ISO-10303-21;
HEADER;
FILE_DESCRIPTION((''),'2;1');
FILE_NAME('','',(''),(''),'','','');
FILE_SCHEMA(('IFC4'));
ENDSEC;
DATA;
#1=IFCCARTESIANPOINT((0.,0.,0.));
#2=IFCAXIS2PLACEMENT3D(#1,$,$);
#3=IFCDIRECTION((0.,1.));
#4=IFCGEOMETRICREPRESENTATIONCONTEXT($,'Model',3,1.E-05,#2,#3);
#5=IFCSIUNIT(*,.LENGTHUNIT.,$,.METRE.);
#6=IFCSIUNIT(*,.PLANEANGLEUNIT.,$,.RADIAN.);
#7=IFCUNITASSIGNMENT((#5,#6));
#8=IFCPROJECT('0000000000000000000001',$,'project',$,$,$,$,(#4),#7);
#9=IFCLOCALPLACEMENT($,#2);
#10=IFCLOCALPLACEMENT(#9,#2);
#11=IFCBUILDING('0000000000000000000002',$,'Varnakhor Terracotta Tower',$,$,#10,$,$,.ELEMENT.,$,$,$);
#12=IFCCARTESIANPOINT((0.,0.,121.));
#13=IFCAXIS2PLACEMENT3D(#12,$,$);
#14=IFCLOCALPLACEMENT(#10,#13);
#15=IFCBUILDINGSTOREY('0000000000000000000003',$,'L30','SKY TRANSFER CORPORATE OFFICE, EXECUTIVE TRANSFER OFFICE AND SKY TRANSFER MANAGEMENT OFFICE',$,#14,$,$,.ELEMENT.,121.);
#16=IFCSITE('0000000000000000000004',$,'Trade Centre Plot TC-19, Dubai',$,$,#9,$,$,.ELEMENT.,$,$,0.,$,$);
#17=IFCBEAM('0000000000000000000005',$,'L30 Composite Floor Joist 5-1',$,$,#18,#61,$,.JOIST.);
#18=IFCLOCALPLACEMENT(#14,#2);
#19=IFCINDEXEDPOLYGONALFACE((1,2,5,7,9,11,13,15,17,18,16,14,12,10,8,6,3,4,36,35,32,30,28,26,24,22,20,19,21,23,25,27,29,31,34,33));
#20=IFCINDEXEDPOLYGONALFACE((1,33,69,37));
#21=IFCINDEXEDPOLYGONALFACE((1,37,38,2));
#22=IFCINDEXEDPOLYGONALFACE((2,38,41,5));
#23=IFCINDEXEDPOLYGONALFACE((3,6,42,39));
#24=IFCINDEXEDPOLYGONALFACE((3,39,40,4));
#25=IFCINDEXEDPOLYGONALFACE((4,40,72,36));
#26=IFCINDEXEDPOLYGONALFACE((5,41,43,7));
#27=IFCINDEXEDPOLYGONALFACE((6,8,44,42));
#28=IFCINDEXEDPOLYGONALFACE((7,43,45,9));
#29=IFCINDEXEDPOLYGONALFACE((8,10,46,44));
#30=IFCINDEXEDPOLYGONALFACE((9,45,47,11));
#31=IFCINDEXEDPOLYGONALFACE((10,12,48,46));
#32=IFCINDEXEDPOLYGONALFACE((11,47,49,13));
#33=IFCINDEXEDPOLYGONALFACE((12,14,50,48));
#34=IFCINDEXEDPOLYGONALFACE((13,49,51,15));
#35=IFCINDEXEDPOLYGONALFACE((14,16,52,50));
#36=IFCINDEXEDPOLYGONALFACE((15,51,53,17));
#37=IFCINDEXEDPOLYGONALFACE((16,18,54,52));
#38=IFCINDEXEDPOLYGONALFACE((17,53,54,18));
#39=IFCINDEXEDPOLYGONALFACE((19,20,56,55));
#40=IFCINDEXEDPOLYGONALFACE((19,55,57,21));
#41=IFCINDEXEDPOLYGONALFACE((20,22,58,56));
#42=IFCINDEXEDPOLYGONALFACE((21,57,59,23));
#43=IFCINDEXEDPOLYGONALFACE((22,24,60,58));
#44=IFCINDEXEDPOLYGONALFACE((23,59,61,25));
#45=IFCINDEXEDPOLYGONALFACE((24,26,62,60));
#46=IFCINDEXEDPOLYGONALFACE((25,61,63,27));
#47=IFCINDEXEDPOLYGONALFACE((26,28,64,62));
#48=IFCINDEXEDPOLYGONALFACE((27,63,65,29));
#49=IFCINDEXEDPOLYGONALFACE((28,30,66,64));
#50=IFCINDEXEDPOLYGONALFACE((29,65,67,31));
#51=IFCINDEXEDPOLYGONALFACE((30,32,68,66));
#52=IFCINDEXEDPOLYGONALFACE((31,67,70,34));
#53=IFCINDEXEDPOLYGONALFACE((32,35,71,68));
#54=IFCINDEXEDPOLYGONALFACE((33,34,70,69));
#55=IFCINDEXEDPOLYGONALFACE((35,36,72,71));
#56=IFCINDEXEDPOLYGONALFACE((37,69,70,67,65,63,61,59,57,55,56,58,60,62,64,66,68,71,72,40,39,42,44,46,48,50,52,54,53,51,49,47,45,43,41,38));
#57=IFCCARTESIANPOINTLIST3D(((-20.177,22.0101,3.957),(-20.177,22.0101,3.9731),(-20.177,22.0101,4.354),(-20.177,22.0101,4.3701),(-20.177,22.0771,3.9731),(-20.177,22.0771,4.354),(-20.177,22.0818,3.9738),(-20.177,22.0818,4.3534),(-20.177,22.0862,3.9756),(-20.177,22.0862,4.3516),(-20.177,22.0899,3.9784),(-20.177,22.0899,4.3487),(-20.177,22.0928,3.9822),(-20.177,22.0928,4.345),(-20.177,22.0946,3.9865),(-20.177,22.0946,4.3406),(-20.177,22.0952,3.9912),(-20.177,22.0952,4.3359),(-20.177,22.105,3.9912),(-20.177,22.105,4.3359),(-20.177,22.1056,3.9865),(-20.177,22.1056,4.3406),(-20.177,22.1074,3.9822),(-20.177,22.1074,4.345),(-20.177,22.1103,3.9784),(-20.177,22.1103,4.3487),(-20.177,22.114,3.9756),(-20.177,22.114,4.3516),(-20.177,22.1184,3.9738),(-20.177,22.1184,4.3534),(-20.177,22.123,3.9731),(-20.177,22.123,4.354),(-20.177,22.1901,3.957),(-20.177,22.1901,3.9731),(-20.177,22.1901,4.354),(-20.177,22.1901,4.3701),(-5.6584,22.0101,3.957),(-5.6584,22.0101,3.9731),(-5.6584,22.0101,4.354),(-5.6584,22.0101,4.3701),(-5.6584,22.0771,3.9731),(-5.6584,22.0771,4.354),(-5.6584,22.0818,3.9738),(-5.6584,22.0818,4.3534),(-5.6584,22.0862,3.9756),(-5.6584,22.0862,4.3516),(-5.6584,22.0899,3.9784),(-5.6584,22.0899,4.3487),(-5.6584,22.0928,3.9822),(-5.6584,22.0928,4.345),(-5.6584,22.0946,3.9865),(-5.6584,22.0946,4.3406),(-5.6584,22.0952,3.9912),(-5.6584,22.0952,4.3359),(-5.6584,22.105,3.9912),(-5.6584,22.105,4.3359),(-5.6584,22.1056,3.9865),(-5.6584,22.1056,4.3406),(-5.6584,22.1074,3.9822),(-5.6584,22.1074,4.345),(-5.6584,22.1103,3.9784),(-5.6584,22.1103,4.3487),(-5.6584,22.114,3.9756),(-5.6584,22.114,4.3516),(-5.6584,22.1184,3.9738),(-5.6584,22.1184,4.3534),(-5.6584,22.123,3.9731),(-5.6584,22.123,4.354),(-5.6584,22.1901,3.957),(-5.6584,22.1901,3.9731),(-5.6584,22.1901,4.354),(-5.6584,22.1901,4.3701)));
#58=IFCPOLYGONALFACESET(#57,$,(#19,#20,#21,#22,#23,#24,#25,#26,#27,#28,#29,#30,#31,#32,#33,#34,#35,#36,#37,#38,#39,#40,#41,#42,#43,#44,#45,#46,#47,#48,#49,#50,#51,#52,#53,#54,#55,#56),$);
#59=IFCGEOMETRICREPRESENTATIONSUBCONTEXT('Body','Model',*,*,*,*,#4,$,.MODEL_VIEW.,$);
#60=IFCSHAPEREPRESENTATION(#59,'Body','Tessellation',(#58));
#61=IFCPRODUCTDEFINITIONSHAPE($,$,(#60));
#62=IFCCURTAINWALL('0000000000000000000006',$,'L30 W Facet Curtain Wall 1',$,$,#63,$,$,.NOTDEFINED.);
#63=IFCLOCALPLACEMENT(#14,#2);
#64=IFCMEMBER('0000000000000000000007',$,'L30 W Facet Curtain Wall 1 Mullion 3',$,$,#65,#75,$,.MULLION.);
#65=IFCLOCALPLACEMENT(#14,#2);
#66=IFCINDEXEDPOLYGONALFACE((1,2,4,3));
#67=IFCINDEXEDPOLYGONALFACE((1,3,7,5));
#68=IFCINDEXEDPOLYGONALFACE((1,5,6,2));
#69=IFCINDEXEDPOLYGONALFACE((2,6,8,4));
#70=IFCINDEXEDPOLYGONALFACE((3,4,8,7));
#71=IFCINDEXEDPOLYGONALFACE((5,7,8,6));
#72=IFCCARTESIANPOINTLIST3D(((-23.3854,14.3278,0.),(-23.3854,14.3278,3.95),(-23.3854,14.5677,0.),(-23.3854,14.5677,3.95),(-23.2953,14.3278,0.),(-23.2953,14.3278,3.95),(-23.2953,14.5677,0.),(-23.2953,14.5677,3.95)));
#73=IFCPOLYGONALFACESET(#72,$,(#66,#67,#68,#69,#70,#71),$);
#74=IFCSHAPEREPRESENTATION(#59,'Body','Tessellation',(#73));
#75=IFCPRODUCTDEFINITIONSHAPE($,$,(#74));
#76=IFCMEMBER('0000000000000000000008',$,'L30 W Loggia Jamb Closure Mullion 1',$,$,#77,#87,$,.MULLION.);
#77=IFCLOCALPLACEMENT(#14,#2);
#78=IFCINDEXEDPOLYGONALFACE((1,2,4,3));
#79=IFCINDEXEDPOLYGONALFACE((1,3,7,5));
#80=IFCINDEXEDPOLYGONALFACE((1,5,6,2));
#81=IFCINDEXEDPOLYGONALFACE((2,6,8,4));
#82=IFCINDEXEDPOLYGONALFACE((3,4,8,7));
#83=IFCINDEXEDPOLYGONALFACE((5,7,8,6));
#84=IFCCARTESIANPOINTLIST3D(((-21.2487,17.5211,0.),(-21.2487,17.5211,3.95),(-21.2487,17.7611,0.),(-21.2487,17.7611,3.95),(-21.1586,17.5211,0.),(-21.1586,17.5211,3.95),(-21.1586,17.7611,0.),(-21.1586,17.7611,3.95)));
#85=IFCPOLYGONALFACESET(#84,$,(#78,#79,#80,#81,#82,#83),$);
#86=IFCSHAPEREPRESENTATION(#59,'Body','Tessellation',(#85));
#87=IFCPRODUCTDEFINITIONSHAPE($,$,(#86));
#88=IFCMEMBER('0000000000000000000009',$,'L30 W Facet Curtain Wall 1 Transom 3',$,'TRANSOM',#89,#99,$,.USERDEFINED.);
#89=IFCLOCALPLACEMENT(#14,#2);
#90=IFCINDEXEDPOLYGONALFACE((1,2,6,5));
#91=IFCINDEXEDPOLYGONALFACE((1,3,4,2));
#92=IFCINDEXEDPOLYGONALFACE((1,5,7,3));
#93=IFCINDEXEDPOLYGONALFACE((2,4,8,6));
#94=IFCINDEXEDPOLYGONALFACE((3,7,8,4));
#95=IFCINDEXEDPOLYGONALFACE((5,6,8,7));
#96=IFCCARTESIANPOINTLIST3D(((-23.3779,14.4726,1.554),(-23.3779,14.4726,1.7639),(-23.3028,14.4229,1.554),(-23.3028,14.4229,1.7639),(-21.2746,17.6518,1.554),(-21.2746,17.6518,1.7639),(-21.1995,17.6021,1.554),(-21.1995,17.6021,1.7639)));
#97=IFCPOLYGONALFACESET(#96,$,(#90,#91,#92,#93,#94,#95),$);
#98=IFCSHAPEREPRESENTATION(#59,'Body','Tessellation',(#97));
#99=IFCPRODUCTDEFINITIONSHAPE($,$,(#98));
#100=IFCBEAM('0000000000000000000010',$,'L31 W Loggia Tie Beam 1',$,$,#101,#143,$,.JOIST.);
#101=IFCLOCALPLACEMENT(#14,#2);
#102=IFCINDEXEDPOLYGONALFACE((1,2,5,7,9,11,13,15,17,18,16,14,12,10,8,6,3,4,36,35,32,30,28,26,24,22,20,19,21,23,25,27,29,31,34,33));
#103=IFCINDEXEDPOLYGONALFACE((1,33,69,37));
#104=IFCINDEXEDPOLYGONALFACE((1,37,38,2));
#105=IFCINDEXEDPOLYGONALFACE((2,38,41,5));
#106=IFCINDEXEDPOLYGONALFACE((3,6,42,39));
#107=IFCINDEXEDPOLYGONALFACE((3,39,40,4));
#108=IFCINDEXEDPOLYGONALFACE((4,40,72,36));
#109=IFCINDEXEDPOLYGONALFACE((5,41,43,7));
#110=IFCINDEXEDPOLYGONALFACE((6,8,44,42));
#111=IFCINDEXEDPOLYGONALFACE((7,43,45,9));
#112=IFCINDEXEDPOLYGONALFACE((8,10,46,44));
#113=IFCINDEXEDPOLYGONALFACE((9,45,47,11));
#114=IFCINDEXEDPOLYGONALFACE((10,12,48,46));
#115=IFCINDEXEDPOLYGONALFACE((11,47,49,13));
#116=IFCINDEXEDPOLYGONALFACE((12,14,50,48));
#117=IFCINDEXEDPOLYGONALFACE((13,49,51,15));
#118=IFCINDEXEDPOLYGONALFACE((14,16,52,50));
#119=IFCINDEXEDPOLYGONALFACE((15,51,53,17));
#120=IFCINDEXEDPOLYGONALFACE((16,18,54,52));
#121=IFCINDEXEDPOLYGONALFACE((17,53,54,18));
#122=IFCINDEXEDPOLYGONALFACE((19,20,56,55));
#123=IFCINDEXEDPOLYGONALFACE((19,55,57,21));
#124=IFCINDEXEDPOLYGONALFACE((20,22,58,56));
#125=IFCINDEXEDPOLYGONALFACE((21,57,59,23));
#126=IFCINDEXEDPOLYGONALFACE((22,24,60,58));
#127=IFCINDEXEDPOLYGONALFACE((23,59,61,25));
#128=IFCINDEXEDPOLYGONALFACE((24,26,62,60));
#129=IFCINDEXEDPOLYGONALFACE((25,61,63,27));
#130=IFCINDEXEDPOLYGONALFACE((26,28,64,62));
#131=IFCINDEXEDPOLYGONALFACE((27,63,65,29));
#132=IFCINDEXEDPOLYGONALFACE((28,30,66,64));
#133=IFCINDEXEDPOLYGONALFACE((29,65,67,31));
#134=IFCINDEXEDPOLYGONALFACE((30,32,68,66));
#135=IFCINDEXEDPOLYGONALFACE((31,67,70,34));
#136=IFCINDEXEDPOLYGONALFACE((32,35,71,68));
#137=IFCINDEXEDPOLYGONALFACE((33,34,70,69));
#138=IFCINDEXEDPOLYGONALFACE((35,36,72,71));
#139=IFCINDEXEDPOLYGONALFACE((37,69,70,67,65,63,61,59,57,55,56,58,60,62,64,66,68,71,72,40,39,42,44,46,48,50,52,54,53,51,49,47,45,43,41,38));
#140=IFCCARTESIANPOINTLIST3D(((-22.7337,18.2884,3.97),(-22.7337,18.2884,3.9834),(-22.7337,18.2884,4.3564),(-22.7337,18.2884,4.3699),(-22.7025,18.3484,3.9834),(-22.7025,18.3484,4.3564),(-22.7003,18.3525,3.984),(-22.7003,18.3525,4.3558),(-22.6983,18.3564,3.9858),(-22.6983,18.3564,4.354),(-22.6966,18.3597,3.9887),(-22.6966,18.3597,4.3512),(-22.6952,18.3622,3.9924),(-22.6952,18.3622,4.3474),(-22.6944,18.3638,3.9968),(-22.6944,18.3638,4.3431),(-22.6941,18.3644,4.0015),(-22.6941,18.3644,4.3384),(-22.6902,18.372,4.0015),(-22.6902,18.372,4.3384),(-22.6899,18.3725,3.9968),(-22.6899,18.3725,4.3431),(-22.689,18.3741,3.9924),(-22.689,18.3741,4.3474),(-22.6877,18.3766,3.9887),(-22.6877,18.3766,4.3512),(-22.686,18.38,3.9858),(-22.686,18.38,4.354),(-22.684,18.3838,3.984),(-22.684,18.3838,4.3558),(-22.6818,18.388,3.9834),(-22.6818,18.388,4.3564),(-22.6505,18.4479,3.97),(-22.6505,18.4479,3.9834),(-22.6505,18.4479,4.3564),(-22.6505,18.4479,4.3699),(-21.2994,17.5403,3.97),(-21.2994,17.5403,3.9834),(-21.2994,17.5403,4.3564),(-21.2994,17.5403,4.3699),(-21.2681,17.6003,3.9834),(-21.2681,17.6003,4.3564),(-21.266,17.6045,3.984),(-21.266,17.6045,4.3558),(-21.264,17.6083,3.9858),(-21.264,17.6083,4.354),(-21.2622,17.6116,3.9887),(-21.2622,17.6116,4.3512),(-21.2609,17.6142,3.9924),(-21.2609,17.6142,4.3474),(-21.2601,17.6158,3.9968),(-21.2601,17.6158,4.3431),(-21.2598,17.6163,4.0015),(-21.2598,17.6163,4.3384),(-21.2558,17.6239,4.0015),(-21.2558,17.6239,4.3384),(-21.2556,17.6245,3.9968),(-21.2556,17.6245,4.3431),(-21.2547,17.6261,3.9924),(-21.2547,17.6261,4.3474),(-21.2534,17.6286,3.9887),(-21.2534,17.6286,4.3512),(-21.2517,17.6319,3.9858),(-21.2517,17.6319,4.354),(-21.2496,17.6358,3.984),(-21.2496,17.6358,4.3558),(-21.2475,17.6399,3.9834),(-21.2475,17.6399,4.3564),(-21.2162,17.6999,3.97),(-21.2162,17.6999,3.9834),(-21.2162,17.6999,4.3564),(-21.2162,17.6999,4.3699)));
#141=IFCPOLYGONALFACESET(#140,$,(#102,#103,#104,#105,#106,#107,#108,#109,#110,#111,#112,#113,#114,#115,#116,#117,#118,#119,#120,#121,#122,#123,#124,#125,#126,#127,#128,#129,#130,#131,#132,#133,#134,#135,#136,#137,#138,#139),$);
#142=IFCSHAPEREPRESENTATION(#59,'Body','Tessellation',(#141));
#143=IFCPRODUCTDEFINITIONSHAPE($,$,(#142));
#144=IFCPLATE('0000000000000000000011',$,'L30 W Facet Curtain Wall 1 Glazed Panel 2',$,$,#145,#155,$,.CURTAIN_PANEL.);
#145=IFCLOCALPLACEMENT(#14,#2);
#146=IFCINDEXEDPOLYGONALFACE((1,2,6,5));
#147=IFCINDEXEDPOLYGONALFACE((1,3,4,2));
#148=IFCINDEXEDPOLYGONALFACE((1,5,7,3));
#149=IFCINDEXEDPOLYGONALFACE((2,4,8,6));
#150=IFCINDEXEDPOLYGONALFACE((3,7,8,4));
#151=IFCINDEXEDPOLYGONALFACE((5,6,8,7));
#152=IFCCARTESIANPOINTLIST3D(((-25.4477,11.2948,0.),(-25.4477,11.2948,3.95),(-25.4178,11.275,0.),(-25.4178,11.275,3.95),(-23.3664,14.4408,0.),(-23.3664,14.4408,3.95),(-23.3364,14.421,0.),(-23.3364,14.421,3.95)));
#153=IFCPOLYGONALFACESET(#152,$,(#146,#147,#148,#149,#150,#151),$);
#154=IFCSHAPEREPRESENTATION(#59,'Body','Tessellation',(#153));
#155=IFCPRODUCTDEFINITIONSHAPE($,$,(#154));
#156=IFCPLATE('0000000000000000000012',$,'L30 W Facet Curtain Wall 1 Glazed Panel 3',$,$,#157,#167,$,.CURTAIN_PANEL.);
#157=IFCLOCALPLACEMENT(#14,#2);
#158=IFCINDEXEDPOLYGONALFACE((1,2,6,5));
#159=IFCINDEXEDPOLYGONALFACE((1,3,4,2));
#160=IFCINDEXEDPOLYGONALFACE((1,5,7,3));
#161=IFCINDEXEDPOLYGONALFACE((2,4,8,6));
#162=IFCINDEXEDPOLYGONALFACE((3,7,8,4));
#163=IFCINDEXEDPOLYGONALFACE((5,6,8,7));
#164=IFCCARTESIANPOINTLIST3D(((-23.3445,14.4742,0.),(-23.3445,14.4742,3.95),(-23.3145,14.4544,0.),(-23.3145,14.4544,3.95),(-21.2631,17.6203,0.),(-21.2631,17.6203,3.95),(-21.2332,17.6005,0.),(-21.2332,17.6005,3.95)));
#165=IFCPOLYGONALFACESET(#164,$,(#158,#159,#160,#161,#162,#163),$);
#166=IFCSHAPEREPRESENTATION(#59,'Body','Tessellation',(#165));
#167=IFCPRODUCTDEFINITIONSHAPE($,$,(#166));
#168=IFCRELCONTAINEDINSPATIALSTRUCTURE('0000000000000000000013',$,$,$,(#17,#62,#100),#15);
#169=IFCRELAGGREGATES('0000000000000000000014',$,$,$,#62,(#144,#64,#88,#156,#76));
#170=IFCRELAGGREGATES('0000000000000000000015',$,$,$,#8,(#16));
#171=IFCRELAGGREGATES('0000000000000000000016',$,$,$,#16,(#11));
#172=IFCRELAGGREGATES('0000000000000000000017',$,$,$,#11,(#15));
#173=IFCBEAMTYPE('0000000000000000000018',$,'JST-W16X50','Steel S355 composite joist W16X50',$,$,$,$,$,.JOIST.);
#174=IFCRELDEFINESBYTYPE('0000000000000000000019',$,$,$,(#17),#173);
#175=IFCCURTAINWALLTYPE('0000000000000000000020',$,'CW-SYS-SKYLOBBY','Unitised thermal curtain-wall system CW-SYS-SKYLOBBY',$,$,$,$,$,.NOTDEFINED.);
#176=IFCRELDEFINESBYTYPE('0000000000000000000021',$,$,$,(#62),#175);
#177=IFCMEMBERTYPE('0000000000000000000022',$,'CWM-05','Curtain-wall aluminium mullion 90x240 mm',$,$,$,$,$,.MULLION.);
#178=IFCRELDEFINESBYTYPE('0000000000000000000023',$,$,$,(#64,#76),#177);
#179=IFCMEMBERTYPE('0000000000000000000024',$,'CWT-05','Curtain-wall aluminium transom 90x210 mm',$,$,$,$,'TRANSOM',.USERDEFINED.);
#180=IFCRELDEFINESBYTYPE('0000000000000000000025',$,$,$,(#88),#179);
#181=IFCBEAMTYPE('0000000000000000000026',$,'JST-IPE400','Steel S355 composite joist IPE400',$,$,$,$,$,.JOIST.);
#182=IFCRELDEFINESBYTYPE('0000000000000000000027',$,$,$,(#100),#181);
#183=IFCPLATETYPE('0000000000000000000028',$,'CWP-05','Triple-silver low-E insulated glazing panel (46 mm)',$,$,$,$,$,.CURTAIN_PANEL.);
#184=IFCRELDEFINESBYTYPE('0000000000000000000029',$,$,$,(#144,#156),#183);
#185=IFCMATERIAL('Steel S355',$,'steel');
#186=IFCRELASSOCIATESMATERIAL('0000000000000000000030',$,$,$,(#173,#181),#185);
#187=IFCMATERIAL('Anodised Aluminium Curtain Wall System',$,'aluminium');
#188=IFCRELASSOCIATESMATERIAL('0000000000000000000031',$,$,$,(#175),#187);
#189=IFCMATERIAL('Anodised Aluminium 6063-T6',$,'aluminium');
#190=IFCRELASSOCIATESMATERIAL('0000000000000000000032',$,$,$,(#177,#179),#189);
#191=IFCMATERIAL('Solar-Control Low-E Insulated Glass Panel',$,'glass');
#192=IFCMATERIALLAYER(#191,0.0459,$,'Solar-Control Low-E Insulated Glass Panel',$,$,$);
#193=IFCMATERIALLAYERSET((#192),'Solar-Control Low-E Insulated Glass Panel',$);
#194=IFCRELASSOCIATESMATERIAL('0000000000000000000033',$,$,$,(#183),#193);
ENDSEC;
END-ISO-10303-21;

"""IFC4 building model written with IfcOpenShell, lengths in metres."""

from ifc_helpers import new_model, si_unit, direction, frame, origin, origin_2d, place, context, subcontext, project, spatial, rectangle, i_section, extrude, source, transform, mapped, material, layer, layer_set, material_profile, profile_set, type_object, type_shapes, element, aggregate, save


model = new_model("IFC4")

# Units and contexts
model_context = context("Model", 3, precision=1e-05, world=origin(), true_north=direction((0.0, 1.0)))
body_context = subcontext(model_context, "Body", "Model", "MODEL_VIEW")
ifc_project = project(units=[si_unit("LENGTHUNIT", "METRE"), si_unit("PLANEANGLEUNIT", "RADIAN")], contexts=[model_context])

# Site, building, storey
site_placement = place(None, origin())
site = spatial("IfcSite", under=ifc_project, at=site_placement, Name="Trade Centre Plot TC-19, Dubai", CompositionType="ELEMENT", RefElevation=0.0)
building_placement = place(site_placement, origin())
building = spatial("IfcBuilding", under=site, at=building_placement, Name="Varnakhor Terracotta Tower", CompositionType="ELEMENT")
storey_placement = place(building_placement, frame((0.0, 0.0, 121.0)))
storey = spatial("IfcBuildingStorey", under=building, at=storey_placement, Name="L30", Description="SKY TRANSFER CORPORATE OFFICE, EXECUTIVE TRANSFER OFFICE AND SKY TRANSFER MANAGEMENT OFFICE", CompositionType="ELEMENT", Elevation=121.0)

# Beam
ifc_material_1 = material(Name="Steel S355", Category="steel")
ifc_material_profile_1 = material_profile(ifc_material_1, i_section(OverallWidth=0.1799, OverallDepth=0.4131, WebThickness=0.0098, FlangeThickness=0.0161, FilletRadius=0.0181, at=origin_2d()), Name="W16X50")
ifc_profile_set_1 = profile_set([ifc_material_profile_1], Name="Steel S355")
beam_type_1 = type_object("IfcBeamType", Name="JST-W16X50", Description="Steel S355 composite joist W16X50", PredefinedType="JOIST", material=ifc_profile_set_1)
shared_shape_1 = source(origin(), body_context, "Body", "SweptSolid", [
    extrude(i_section(OverallWidth=0.1799, OverallDepth=0.4131, WebThickness=0.0098, FlangeThickness=0.0161, FilletRadius=0.0181, at=origin_2d()), origin(), (0.0, 0.0, 1.0), 14.5186),
])
beam_1_placement = place(storey_placement, frame((-20.177, 22.1001, 4.1636), z_axis=(1.0, 0.0, 0.0), x_axis=(0.0, 1.0, 0.0)))
element("IfcBeam", 1, at=beam_1_placement, inside=storey, type_object=beam_type_1, Name="L30 Composite Floor Joist 5-1", PredefinedType="JOIST", context=body_context, shape_type="MappedRepresentation", body=[
    mapped(shared_shape_1, transform((0.0, 0.0, 0.0), scale=1.0)),
])

# Curtain wall, members
ifc_material_2 = material(Name="Anodised Aluminium Curtain Wall System", Category="aluminium")
curtain_wall_type = type_object("IfcCurtainWallType", Name="CW-SYS-SKYLOBBY", Description="Unitised thermal curtain-wall system CW-SYS-SKYLOBBY", PredefinedType="NOTDEFINED", material=ifc_material_2)
curtain_wall_placement = place(storey_placement, origin())
curtain_wall = element("IfcCurtainWall", 2, at=curtain_wall_placement, inside=storey, type_object=curtain_wall_type, Name="L30 W Facet Curtain Wall 1", PredefinedType="NOTDEFINED")
ifc_material_3 = material(Name="Anodised Aluminium 6063-T6", Category="aluminium")
ifc_material_profile_2 = material_profile(ifc_material_3, rectangle(XDim=0.0901, YDim=0.24, at=origin_2d()), Name="ALU MULLION 90x240")
ifc_profile_set_2 = profile_set([ifc_material_profile_2], Name="Anodised Aluminium 6063-T6")
member_type_1 = type_object("IfcMemberType", Name="CWM-05", Description="Curtain-wall aluminium mullion 90x240 mm", PredefinedType="MULLION", material=ifc_profile_set_2)
shared_shape_2 = source(origin(), body_context, "Body", "SweptSolid", [
    extrude(rectangle(XDim=0.0901, YDim=0.24, at=origin_2d()), origin(), (0.0, 0.0, 1.0), 3.95),
])
type_shapes(member_type_1, [shared_shape_2])
member_1_placement = place(storey_placement, frame((-23.3403, 14.4478, 0.0), z_axis=(0.0, 0.0, 1.0), x_axis=(1.0, 0.0, 0.0)))
member_1 = element("IfcMember", 3, at=member_1_placement, type_object=member_type_1, Name="L30 W Facet Curtain Wall 1 Mullion 3", PredefinedType="MULLION", context=body_context, shape_type="MappedRepresentation", body=[
    mapped(shared_shape_2, transform((0.0, 0.0, 0.0), scale=1.0)),
])
member_2_placement = place(storey_placement, frame((-21.2036, 17.6411, 0.0), z_axis=(0.0, 0.0, 1.0), x_axis=(1.0, 0.0, 0.0)))
member_2 = element("IfcMember", 4, at=member_2_placement, type_object=member_type_1, Name="L30 W Loggia Jamb Closure Mullion 1", PredefinedType="MULLION", context=body_context, shape_type="MappedRepresentation", body=[
    mapped(shared_shape_2, transform((0.0, 0.0, 0.0), scale=1.0)),
])
ifc_material_profile_3 = material_profile(ifc_material_3, rectangle(XDim=0.0901, YDim=0.21, at=origin_2d()), Name="ALU TRANSOM 90x210")
ifc_profile_set_3 = profile_set([ifc_material_profile_3], Name="Anodised Aluminium 6063-T6")
member_type_2 = type_object("IfcMemberType", Name="CWT-05", Description="Curtain-wall aluminium transom 90x210 mm", ElementType="TRANSOM", PredefinedType="USERDEFINED", material=ifc_profile_set_3)
shared_shape_3 = source(origin(), body_context, "Body", "SweptSolid", [
    extrude(rectangle(XDim=0.0901, YDim=0.21, at=origin_2d()), origin(), (0.0, 0.0, 1.0), 3.812),
])
type_shapes(member_type_2, [shared_shape_3])
member_3_placement = place(storey_placement, frame((-23.3403, 14.4478, 1.6589), z_axis=(0.551756, 0.834006, 0.0), x_axis=(-0.834006, 0.551756, 0.0)))
member_3 = element("IfcMember", 5, at=member_3_placement, type_object=member_type_2, Name="L30 W Facet Curtain Wall 1 Transom 3", ObjectType="TRANSOM", PredefinedType="USERDEFINED", context=body_context, shape_type="MappedRepresentation", body=[
    mapped(shared_shape_3, transform((0.0, 0.0, 0.0), scale=1.0)),
])

# Beam
ifc_material_profile_4 = material_profile(ifc_material_1, i_section(OverallWidth=0.1799, OverallDepth=0.3999, WebThickness=0.0085, FlangeThickness=0.0134, FilletRadius=0.0181, at=origin_2d()), Name="IPE400")
ifc_profile_set_4 = profile_set([ifc_material_profile_4], Name="Steel S355")
beam_type_2 = type_object("IfcBeamType", Name="JST-IPE400", Description="Steel S355 composite joist IPE400", PredefinedType="JOIST", material=ifc_profile_set_4)
shared_shape_4 = source(origin(), body_context, "Body", "SweptSolid", [
    extrude(i_section(OverallWidth=0.1799, OverallDepth=0.3999, WebThickness=0.0085, FlangeThickness=0.0134, FilletRadius=0.0181, at=origin_2d()), origin(), (0.0, 0.0, 1.0), 1.6177),
])
beam_2_placement = place(storey_placement, frame((-21.2578, 17.6201, 4.1699), z_axis=(-0.88666, 0.462422, 0.0), x_axis=(-0.462422, -0.88666, 0.0)))
element("IfcBeam", 6, at=beam_2_placement, inside=storey, type_object=beam_type_2, Name="L31 W Loggia Tie Beam 1", PredefinedType="JOIST", context=body_context, shape_type="MappedRepresentation", body=[
    mapped(shared_shape_4, transform((0.0, 0.0, 0.0), scale=1.0)),
])

# Plates
ifc_material_4 = material(Name="Solar-Control Low-E Insulated Glass Panel", Category="glass")
ifc_layer_1 = layer(ifc_material_4, 0.0459, Name="Solar-Control Low-E Insulated Glass Panel")
ifc_layer_set_1 = layer_set([ifc_layer_1], Name="Solar-Control Low-E Insulated Glass Panel")
plate_type = type_object("IfcPlateType", Name="CWP-05", Description="Triple-silver low-E insulated glazing panel (46 mm)", PredefinedType="CURTAIN_PANEL", material=ifc_layer_set_1)
shared_shape_5 = source(origin(), body_context, "Body", "SweptSolid", [
    extrude(rectangle(XDim=3.7722, YDim=0.0359, at=origin_2d()), origin(), (0.0, 0.0, 1.0), 3.95),
])
type_shapes(plate_type, [shared_shape_5])
plate_1_placement = place(storey_placement, frame((-24.3921, 12.8579, 0.0), z_axis=(0.0, 0.0, 1.0), x_axis=(0.551762, 0.834001, 0.0)))
plate_1 = element("IfcPlate", 7, at=plate_1_placement, type_object=plate_type, Name="L30 W Facet Curtain Wall 1 Glazed Panel 2", PredefinedType="CURTAIN_PANEL", context=body_context, shape_type="MappedRepresentation", body=[
    mapped(shared_shape_5, transform((0.0, 0.0, 0.0), scale=1.0)),
])
plate_2_placement = place(storey_placement, frame((-22.2888, 16.0374, 0.0), z_axis=(0.0, 0.0, 1.0), x_axis=(0.551762, 0.834001, 0.0)))
plate_2 = element("IfcPlate", 8, at=plate_2_placement, type_object=plate_type, Name="L30 W Facet Curtain Wall 1 Glazed Panel 3", PredefinedType="CURTAIN_PANEL", context=body_context, shape_type="MappedRepresentation", body=[
    mapped(shared_shape_5, transform((0.0, 0.0, 0.0), scale=1.0)),
])
aggregate(curtain_wall, [plate_1, member_1, member_3, plate_2, member_2])

save(model, "model.ifc")
